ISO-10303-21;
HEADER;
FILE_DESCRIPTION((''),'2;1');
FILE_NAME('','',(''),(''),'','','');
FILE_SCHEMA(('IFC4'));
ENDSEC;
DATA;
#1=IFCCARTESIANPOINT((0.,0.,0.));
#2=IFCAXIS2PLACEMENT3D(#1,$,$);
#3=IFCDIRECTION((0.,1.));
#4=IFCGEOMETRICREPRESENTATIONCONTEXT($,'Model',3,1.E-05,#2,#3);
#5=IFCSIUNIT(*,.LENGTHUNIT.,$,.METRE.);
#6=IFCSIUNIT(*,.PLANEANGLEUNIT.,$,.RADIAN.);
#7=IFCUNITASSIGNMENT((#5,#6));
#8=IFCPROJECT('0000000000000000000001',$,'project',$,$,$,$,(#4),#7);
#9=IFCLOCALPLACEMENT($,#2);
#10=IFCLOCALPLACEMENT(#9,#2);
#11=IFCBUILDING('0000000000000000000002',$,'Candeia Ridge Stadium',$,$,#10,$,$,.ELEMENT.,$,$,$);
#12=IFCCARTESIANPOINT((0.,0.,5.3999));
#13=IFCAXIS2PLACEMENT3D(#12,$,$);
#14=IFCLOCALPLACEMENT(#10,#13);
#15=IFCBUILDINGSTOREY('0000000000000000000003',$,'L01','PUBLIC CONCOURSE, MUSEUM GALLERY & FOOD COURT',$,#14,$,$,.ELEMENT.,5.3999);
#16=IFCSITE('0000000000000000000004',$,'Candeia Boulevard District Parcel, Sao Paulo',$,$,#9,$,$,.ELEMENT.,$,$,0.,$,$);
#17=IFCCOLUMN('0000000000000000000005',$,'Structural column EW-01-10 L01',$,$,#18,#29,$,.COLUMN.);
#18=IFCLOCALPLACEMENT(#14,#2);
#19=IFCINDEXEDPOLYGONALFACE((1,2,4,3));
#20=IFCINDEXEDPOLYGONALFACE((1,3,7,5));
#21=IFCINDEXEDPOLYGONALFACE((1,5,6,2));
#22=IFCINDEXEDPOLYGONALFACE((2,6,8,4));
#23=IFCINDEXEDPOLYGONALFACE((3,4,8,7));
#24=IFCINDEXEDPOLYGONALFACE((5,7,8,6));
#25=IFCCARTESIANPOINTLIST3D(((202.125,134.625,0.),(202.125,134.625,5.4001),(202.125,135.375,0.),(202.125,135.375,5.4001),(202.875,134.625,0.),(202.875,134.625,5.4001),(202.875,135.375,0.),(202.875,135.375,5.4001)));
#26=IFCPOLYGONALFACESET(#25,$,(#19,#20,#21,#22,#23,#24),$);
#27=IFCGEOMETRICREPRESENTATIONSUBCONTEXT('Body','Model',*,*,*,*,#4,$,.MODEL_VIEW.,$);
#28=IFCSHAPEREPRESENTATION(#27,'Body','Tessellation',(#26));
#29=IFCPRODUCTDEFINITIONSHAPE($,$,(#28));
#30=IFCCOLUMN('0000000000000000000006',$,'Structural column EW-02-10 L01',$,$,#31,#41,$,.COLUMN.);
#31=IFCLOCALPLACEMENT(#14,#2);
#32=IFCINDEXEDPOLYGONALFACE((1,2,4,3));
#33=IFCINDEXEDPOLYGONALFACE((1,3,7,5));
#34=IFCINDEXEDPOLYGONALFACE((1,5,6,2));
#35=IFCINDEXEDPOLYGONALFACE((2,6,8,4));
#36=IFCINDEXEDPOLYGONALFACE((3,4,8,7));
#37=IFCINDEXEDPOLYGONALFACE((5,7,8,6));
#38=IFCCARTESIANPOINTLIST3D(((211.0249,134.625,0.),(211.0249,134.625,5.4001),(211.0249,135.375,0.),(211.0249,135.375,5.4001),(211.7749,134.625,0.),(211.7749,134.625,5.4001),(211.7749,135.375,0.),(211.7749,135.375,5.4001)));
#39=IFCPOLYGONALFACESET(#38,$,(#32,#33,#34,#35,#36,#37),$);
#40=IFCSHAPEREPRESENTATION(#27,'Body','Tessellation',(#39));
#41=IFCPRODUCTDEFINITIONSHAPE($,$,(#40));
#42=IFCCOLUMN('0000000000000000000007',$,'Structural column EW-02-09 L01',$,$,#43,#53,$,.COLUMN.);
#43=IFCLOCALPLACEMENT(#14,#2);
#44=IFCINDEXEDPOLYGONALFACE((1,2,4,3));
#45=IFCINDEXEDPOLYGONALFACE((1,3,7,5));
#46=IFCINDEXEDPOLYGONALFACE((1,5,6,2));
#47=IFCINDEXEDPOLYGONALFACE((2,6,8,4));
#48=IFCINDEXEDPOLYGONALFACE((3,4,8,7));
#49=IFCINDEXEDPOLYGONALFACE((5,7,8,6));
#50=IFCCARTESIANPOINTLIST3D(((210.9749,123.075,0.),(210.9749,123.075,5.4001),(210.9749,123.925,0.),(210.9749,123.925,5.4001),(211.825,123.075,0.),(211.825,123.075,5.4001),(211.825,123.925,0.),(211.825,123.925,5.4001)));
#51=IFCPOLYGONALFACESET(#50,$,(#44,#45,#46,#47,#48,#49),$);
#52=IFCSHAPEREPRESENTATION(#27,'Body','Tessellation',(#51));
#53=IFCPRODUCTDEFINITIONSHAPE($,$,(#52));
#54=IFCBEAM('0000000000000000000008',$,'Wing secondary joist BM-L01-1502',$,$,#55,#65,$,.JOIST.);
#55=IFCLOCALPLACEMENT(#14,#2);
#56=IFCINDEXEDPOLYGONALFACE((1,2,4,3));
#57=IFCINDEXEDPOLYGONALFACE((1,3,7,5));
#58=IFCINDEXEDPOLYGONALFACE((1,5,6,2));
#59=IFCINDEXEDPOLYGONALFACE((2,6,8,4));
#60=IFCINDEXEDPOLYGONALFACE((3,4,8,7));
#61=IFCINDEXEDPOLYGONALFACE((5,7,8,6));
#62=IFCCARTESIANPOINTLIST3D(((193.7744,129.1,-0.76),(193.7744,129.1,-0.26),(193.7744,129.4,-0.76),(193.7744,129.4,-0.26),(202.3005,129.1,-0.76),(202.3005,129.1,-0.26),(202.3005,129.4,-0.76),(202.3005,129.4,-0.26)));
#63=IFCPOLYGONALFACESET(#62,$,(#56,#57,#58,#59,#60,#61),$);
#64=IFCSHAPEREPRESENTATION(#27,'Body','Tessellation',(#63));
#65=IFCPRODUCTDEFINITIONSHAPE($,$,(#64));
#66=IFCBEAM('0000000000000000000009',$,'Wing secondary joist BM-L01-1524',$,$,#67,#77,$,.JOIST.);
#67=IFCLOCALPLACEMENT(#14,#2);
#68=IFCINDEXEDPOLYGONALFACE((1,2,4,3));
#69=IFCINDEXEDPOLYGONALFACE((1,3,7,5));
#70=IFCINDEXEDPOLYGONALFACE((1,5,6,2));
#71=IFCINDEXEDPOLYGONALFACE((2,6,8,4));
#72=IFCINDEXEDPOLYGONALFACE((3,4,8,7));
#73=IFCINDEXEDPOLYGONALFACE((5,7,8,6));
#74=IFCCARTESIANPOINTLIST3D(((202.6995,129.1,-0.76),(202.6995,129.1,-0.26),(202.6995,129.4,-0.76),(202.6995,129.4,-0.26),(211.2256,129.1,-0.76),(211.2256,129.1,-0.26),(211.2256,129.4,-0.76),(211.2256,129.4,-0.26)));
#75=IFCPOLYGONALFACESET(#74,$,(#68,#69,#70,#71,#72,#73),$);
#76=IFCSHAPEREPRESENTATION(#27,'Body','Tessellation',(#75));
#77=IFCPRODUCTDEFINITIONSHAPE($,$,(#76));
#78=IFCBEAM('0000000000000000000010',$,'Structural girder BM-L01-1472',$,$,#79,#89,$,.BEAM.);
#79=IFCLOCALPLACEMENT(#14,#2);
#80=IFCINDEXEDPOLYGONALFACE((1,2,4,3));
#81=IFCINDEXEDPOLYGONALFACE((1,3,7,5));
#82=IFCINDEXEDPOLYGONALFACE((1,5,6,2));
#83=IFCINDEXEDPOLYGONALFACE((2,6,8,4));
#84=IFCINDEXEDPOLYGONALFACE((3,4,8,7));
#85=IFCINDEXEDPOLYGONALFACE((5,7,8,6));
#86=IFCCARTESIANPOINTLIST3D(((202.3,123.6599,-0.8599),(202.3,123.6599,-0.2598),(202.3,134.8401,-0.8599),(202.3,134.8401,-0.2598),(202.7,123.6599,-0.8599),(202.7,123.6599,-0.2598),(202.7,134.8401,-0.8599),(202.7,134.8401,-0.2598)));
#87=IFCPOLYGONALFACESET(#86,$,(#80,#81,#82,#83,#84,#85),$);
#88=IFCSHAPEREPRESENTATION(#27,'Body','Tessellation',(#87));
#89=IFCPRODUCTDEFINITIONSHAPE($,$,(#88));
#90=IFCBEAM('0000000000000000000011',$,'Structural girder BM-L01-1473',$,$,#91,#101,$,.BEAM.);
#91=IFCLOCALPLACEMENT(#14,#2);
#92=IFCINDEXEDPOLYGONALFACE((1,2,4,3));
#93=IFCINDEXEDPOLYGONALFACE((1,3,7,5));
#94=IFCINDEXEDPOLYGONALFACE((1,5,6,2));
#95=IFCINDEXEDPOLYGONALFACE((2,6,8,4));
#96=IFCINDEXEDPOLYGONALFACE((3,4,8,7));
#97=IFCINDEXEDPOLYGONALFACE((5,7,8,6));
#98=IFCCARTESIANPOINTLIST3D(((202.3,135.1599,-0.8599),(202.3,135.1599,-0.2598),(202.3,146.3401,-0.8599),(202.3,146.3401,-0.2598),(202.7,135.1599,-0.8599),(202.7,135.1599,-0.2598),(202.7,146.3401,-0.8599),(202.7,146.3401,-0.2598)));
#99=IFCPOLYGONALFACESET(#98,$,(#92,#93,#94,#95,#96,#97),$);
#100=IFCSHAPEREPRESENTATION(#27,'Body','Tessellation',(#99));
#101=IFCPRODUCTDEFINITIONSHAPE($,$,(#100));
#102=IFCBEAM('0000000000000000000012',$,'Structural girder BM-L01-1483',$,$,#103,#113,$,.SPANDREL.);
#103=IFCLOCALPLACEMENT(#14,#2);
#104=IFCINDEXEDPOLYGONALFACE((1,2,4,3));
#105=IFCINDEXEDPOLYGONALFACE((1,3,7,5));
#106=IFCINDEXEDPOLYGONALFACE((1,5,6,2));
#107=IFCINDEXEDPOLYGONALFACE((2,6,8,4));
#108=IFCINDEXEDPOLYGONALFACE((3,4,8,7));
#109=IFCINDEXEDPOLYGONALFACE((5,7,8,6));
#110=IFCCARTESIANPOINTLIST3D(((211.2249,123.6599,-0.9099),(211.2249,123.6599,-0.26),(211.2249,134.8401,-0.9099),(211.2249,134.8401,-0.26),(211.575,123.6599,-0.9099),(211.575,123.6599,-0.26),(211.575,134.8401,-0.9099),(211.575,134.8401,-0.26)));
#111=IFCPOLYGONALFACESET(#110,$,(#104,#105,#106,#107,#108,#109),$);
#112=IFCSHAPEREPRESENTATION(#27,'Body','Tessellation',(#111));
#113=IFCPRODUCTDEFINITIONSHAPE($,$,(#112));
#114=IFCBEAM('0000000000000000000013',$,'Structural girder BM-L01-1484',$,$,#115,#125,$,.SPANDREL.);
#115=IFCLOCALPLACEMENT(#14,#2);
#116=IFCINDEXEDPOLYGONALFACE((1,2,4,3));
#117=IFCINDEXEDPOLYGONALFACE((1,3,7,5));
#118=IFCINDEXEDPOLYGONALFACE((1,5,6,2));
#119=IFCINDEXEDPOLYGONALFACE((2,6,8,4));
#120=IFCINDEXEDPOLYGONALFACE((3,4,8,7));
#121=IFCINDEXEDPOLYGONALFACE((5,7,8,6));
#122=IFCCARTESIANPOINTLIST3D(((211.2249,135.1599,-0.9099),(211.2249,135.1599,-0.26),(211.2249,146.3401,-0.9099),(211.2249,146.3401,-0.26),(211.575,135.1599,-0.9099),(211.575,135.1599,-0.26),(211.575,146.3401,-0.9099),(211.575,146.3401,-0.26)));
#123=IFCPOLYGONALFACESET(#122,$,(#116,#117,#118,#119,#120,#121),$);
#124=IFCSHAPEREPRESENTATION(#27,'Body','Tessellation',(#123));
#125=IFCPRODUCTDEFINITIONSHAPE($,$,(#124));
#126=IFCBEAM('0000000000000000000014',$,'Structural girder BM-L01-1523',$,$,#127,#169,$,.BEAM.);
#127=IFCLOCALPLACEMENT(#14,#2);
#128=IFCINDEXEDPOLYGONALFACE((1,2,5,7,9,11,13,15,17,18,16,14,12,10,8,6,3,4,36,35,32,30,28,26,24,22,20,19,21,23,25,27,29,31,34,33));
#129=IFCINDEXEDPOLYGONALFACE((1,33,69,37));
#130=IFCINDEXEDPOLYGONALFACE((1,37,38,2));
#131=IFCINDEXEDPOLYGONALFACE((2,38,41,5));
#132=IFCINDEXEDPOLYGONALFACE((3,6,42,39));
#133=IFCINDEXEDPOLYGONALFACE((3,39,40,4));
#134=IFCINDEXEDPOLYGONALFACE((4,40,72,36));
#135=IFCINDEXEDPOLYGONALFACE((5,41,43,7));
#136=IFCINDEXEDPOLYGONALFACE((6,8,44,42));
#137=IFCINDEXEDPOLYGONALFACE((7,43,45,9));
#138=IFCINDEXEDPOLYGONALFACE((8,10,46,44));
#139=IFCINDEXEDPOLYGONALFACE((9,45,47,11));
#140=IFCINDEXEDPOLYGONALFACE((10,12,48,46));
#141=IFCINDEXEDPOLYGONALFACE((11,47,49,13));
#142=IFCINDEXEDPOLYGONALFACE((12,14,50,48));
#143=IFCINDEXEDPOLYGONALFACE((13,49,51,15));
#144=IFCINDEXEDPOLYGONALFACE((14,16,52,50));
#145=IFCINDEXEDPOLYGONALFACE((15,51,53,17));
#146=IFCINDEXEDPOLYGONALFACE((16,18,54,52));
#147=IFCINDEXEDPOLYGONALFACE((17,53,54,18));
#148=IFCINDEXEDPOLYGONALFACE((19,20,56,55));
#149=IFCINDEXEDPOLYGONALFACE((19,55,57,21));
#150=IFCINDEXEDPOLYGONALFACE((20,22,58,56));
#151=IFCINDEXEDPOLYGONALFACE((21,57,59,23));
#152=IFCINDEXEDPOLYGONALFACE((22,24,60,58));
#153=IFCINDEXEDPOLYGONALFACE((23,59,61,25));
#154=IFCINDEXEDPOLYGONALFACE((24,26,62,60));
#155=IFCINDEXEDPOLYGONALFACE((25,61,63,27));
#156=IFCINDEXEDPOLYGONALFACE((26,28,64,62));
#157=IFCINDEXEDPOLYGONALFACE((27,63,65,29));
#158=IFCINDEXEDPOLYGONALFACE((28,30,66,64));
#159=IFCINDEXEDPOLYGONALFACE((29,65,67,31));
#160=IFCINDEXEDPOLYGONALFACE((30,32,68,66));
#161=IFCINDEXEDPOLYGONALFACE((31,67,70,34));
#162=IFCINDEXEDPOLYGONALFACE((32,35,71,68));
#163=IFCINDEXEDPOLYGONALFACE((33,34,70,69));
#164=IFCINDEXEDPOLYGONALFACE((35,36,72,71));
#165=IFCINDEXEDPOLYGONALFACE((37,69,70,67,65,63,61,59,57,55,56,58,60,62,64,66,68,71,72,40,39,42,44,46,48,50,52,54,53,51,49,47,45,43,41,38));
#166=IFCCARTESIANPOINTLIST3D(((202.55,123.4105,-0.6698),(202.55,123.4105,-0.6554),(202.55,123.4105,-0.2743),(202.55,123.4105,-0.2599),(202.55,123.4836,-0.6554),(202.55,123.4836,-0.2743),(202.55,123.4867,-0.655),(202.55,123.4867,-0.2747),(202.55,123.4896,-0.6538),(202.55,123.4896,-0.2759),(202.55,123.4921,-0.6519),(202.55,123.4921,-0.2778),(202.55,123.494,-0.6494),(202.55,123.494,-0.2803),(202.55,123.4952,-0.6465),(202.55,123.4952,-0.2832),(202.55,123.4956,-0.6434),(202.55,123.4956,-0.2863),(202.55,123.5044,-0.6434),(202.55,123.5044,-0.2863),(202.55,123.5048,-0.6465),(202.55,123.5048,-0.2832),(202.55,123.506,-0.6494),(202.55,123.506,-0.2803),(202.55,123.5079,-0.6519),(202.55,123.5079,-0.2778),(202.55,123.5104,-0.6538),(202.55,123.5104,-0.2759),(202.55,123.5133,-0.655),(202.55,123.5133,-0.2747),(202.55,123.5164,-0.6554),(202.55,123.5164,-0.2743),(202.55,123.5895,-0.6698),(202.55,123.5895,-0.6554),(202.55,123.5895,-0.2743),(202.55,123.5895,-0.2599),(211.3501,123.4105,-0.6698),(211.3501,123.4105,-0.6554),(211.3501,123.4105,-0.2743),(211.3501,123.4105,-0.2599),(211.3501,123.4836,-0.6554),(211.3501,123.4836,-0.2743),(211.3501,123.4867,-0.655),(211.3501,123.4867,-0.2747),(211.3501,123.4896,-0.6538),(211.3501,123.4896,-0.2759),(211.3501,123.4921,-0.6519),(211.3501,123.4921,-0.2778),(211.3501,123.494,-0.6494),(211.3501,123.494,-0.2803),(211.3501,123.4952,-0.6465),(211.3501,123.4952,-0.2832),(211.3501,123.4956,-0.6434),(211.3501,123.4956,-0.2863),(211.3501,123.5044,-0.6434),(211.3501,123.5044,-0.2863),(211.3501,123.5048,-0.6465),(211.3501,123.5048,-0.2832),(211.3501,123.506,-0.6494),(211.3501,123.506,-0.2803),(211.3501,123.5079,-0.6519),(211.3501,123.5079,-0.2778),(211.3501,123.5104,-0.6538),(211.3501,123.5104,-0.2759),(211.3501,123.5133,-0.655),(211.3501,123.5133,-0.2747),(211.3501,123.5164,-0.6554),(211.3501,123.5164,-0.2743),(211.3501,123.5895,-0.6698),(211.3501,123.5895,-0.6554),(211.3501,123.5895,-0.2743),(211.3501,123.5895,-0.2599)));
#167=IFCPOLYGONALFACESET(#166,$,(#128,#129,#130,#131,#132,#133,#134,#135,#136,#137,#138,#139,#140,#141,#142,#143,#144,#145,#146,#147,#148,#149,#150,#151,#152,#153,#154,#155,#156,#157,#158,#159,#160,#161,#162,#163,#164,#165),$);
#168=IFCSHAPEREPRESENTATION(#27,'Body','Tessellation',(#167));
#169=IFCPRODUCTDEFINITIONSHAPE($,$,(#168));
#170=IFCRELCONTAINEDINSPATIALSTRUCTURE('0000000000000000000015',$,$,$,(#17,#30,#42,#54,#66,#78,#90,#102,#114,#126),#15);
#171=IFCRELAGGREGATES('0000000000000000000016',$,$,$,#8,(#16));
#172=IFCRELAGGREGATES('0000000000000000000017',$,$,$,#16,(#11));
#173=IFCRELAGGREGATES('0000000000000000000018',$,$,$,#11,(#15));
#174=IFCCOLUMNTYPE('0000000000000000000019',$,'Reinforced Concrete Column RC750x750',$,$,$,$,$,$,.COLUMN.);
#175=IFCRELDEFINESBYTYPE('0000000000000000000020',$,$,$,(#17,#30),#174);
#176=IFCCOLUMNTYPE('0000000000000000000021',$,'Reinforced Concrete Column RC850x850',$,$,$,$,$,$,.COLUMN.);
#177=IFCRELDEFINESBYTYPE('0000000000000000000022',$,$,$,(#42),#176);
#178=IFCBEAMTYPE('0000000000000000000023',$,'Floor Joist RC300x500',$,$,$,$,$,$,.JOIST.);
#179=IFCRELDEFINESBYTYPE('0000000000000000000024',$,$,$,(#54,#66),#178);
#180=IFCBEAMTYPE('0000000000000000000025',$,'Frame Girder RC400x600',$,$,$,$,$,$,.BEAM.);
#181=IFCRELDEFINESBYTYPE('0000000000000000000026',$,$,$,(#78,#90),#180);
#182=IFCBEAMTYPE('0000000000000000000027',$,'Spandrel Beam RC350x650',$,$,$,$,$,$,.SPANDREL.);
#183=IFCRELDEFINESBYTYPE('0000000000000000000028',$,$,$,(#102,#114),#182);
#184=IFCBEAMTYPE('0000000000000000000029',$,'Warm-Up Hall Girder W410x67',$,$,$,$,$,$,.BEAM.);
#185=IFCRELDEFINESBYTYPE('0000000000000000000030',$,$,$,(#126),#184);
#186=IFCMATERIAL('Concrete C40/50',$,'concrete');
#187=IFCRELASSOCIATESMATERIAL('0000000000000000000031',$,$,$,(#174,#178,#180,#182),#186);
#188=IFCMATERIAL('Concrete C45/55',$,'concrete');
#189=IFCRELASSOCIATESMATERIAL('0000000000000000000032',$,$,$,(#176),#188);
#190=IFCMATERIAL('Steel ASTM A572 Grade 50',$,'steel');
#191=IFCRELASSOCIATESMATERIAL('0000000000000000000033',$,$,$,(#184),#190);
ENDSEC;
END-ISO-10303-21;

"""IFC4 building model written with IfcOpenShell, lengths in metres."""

from ifc_helpers import new_model, si_unit, direction, frame, origin, origin_2d, place, context, subcontext, project, spatial, rectangle, i_section, extrude, material, material_profile, profile_set, type_object, element, save


model = new_model("IFC4")

# Units and contexts
model_context = context("Model", 3, precision=1e-05, world=origin(), true_north=direction((0.0, 1.0)))
body_context = subcontext(model_context, "Body", "Model", "MODEL_VIEW")
ifc_project = project(units=[si_unit("LENGTHUNIT", "METRE"), si_unit("PLANEANGLEUNIT", "RADIAN")], contexts=[model_context])

# Site, building, storey
site_placement = place(None, origin())
site = spatial("IfcSite", under=ifc_project, at=site_placement, Name="Candeia Boulevard District Parcel, Sao Paulo", CompositionType="ELEMENT", RefElevation=0.0)
building_placement = place(site_placement, origin())
building = spatial("IfcBuilding", under=site, at=building_placement, Name="Candeia Ridge Stadium", CompositionType="ELEMENT")
storey_placement = place(building_placement, frame((0.0, 0.0, 5.3999)))
storey = spatial("IfcBuildingStorey", under=building, at=storey_placement, Name="L01", Description="PUBLIC CONCOURSE, MUSEUM GALLERY & FOOD COURT", CompositionType="ELEMENT", Elevation=5.3999)

# Columns
ifc_material_1 = material(Name="Concrete C40/50", Category="concrete")
ifc_material_profile_1 = material_profile(ifc_material_1, rectangle(XDim=0.75, YDim=0.75, at=origin_2d()), Name="RC750x750", Category="concrete")
ifc_profile_set_1 = profile_set([ifc_material_profile_1], Name="Concrete C40/50")
column_type_1 = type_object("IfcColumnType", Name="Reinforced Concrete Column RC750x750", PredefinedType="COLUMN", material=ifc_profile_set_1)
for number, where, z_axis, x_axis, name in (
    (1, (202.5, 135.0, 0.0), (0.0, 0.0, 1.0), (1.0, 0.0, 0.0), "Structural column EW-01-10 L01"),
    (2, (211.3999, 135.0, 0.0), (0.0, 0.0, 1.0), (1.0, 0.0, 0.0), "Structural column EW-02-10 L01"),
):
    element("IfcColumn", number, at=place(storey_placement, frame(where, z_axis=z_axis, x_axis=x_axis)), inside=storey, type_object=column_type_1, Name=name, PredefinedType="COLUMN", context=body_context, shape_type="SweptSolid", body=[
        extrude(rectangle(XDim=0.75, YDim=0.75, at=origin_2d()), origin(), (0.0, 0.0, 1.0), 5.4001),
    ])
ifc_material_2 = material(Name="Concrete C45/55", Category="concrete")
ifc_material_profile_2 = material_profile(ifc_material_2, rectangle(XDim=0.8501, YDim=0.8501, at=origin_2d()), Name="RC850x850", Category="concrete")
ifc_profile_set_2 = profile_set([ifc_material_profile_2], Name="Concrete C45/55")
column_type_2 = type_object("IfcColumnType", Name="Reinforced Concrete Column RC850x850", PredefinedType="COLUMN", material=ifc_profile_set_2)
column_placement = place(storey_placement, frame((211.3999, 123.5, 0.0), z_axis=(0.0, 0.0, 1.0), x_axis=(1.0, 0.0, 0.0)))
element("IfcColumn", 3, at=column_placement, inside=storey, type_object=column_type_2, Name="Structural column EW-02-09 L01", PredefinedType="COLUMN", context=body_context, shape_type="SweptSolid", body=[
    extrude(rectangle(XDim=0.8501, YDim=0.8501, at=origin_2d()), origin(), (0.0, 0.0, 1.0), 5.4001),
])

# Beams
ifc_material_profile_3 = material_profile(ifc_material_1, rectangle(XDim=0.3, YDim=0.5, at=origin_2d()), Name="RC300x500", Category="concrete")
ifc_profile_set_3 = profile_set([ifc_material_profile_3], Name="Concrete C40/50")
beam_type_1 = type_object("IfcBeamType", Name="Floor Joist RC300x500", PredefinedType="JOIST", material=ifc_profile_set_3)
for number, where, z_axis, x_axis, name in (
    (4, (193.7744, 129.25, -0.51), (1.0, 0.0, 0.0), (0.0, 1.0, 0.0), "Wing secondary joist BM-L01-1502"),
    (5, (202.6995, 129.25, -0.51), (1.0, 0.0, 0.0), (0.0, 1.0, 0.0), "Wing secondary joist BM-L01-1524"),
):
    element("IfcBeam", number, at=place(storey_placement, frame(where, z_axis=z_axis, x_axis=x_axis)), inside=storey, type_object=beam_type_1, Name=name, PredefinedType="JOIST", context=body_context, shape_type="SweptSolid", body=[
        extrude(rectangle(XDim=0.3, YDim=0.5, at=origin_2d()), origin(), (0.0, 0.0, 1.0), 8.5261),
    ])
ifc_material_profile_4 = material_profile(ifc_material_1, rectangle(XDim=0.3999, YDim=0.6001, at=origin_2d()), Name="RC400x600", Category="concrete")
ifc_profile_set_4 = profile_set([ifc_material_profile_4], Name="Concrete C40/50")
beam_type_2 = type_object("IfcBeamType", Name="Frame Girder RC400x600", PredefinedType="BEAM", material=ifc_profile_set_4)
for number, where, z_axis, x_axis, name in (
    (6, (202.5, 123.6599, -0.5598), (0.0, 1.0, 0.0), (-1.0, 0.0, 0.0), "Structural girder BM-L01-1472"),
    (7, (202.5, 135.1599, -0.5598), (0.0, 1.0, 0.0), (-1.0, 0.0, 0.0), "Structural girder BM-L01-1473"),
):
    element("IfcBeam", number, at=place(storey_placement, frame(where, z_axis=z_axis, x_axis=x_axis)), inside=storey, type_object=beam_type_2, Name=name, PredefinedType="BEAM", context=body_context, shape_type="SweptSolid", body=[
        extrude(rectangle(XDim=0.3999, YDim=0.6001, at=origin_2d()), origin(), (0.0, 0.0, 1.0), 11.1802),
    ])
ifc_material_profile_5 = material_profile(ifc_material_1, rectangle(XDim=0.3501, YDim=0.6499, at=origin_2d()), Name="RC350x650", Category="concrete")
ifc_profile_set_5 = profile_set([ifc_material_profile_5], Name="Concrete C40/50")
beam_type_3 = type_object("IfcBeamType", Name="Spandrel Beam RC350x650", PredefinedType="SPANDREL", material=ifc_profile_set_5)
for number, where, z_axis, x_axis, name in (
    (8, (211.3999, 123.6599, -0.585), (0.0, 1.0, 0.0), (-1.0, 0.0, 0.0), "Structural girder BM-L01-1483"),
    (9, (211.3999, 135.1599, -0.585), (0.0, 1.0, 0.0), (-1.0, 0.0, 0.0), "Structural girder BM-L01-1484"),
):
    element("IfcBeam", number, at=place(storey_placement, frame(where, z_axis=z_axis, x_axis=x_axis)), inside=storey, type_object=beam_type_3, Name=name, PredefinedType="SPANDREL", context=body_context, shape_type="SweptSolid", body=[
        extrude(rectangle(XDim=0.3501, YDim=0.6499, at=origin_2d()), origin(), (0.0, 0.0, 1.0), 11.1802),
    ])
ifc_material_3 = material(Name="Steel ASTM A572 Grade 50", Category="steel")
ifc_material_profile_6 = material_profile(ifc_material_3, i_section(OverallWidth=0.179, OverallDepth=0.4099, WebThickness=0.0088, FlangeThickness=0.0144, FilletRadius=0.012, at=origin_2d()), Name="W410x67", Category="steel")
ifc_profile_set_6 = profile_set([ifc_material_profile_6], Name="Steel ASTM A572 Grade 50")
beam_type_4 = type_object("IfcBeamType", Name="Warm-Up Hall Girder W410x67", PredefinedType="BEAM", material=ifc_profile_set_6)
for number, where, z_axis, x_axis, name in (
    (10, (202.55, 123.5, -0.4648), (1.0, 0.0, 0.0), (0.0, 1.0, 0.0), "Structural girder BM-L01-1523"),
):
    element("IfcBeam", number, at=place(storey_placement, frame(where, z_axis=z_axis, x_axis=x_axis)), inside=storey, type_object=beam_type_4, Name=name, PredefinedType="BEAM", context=body_context, shape_type="SweptSolid", body=[
        extrude(i_section(OverallWidth=0.179, OverallDepth=0.4099, WebThickness=0.0088, FlangeThickness=0.0144, FilletRadius=0.012, at=origin_2d()), origin(), (0.0, 0.0, 1.0), 8.8),
    ])

save(model, "model.ifc")
